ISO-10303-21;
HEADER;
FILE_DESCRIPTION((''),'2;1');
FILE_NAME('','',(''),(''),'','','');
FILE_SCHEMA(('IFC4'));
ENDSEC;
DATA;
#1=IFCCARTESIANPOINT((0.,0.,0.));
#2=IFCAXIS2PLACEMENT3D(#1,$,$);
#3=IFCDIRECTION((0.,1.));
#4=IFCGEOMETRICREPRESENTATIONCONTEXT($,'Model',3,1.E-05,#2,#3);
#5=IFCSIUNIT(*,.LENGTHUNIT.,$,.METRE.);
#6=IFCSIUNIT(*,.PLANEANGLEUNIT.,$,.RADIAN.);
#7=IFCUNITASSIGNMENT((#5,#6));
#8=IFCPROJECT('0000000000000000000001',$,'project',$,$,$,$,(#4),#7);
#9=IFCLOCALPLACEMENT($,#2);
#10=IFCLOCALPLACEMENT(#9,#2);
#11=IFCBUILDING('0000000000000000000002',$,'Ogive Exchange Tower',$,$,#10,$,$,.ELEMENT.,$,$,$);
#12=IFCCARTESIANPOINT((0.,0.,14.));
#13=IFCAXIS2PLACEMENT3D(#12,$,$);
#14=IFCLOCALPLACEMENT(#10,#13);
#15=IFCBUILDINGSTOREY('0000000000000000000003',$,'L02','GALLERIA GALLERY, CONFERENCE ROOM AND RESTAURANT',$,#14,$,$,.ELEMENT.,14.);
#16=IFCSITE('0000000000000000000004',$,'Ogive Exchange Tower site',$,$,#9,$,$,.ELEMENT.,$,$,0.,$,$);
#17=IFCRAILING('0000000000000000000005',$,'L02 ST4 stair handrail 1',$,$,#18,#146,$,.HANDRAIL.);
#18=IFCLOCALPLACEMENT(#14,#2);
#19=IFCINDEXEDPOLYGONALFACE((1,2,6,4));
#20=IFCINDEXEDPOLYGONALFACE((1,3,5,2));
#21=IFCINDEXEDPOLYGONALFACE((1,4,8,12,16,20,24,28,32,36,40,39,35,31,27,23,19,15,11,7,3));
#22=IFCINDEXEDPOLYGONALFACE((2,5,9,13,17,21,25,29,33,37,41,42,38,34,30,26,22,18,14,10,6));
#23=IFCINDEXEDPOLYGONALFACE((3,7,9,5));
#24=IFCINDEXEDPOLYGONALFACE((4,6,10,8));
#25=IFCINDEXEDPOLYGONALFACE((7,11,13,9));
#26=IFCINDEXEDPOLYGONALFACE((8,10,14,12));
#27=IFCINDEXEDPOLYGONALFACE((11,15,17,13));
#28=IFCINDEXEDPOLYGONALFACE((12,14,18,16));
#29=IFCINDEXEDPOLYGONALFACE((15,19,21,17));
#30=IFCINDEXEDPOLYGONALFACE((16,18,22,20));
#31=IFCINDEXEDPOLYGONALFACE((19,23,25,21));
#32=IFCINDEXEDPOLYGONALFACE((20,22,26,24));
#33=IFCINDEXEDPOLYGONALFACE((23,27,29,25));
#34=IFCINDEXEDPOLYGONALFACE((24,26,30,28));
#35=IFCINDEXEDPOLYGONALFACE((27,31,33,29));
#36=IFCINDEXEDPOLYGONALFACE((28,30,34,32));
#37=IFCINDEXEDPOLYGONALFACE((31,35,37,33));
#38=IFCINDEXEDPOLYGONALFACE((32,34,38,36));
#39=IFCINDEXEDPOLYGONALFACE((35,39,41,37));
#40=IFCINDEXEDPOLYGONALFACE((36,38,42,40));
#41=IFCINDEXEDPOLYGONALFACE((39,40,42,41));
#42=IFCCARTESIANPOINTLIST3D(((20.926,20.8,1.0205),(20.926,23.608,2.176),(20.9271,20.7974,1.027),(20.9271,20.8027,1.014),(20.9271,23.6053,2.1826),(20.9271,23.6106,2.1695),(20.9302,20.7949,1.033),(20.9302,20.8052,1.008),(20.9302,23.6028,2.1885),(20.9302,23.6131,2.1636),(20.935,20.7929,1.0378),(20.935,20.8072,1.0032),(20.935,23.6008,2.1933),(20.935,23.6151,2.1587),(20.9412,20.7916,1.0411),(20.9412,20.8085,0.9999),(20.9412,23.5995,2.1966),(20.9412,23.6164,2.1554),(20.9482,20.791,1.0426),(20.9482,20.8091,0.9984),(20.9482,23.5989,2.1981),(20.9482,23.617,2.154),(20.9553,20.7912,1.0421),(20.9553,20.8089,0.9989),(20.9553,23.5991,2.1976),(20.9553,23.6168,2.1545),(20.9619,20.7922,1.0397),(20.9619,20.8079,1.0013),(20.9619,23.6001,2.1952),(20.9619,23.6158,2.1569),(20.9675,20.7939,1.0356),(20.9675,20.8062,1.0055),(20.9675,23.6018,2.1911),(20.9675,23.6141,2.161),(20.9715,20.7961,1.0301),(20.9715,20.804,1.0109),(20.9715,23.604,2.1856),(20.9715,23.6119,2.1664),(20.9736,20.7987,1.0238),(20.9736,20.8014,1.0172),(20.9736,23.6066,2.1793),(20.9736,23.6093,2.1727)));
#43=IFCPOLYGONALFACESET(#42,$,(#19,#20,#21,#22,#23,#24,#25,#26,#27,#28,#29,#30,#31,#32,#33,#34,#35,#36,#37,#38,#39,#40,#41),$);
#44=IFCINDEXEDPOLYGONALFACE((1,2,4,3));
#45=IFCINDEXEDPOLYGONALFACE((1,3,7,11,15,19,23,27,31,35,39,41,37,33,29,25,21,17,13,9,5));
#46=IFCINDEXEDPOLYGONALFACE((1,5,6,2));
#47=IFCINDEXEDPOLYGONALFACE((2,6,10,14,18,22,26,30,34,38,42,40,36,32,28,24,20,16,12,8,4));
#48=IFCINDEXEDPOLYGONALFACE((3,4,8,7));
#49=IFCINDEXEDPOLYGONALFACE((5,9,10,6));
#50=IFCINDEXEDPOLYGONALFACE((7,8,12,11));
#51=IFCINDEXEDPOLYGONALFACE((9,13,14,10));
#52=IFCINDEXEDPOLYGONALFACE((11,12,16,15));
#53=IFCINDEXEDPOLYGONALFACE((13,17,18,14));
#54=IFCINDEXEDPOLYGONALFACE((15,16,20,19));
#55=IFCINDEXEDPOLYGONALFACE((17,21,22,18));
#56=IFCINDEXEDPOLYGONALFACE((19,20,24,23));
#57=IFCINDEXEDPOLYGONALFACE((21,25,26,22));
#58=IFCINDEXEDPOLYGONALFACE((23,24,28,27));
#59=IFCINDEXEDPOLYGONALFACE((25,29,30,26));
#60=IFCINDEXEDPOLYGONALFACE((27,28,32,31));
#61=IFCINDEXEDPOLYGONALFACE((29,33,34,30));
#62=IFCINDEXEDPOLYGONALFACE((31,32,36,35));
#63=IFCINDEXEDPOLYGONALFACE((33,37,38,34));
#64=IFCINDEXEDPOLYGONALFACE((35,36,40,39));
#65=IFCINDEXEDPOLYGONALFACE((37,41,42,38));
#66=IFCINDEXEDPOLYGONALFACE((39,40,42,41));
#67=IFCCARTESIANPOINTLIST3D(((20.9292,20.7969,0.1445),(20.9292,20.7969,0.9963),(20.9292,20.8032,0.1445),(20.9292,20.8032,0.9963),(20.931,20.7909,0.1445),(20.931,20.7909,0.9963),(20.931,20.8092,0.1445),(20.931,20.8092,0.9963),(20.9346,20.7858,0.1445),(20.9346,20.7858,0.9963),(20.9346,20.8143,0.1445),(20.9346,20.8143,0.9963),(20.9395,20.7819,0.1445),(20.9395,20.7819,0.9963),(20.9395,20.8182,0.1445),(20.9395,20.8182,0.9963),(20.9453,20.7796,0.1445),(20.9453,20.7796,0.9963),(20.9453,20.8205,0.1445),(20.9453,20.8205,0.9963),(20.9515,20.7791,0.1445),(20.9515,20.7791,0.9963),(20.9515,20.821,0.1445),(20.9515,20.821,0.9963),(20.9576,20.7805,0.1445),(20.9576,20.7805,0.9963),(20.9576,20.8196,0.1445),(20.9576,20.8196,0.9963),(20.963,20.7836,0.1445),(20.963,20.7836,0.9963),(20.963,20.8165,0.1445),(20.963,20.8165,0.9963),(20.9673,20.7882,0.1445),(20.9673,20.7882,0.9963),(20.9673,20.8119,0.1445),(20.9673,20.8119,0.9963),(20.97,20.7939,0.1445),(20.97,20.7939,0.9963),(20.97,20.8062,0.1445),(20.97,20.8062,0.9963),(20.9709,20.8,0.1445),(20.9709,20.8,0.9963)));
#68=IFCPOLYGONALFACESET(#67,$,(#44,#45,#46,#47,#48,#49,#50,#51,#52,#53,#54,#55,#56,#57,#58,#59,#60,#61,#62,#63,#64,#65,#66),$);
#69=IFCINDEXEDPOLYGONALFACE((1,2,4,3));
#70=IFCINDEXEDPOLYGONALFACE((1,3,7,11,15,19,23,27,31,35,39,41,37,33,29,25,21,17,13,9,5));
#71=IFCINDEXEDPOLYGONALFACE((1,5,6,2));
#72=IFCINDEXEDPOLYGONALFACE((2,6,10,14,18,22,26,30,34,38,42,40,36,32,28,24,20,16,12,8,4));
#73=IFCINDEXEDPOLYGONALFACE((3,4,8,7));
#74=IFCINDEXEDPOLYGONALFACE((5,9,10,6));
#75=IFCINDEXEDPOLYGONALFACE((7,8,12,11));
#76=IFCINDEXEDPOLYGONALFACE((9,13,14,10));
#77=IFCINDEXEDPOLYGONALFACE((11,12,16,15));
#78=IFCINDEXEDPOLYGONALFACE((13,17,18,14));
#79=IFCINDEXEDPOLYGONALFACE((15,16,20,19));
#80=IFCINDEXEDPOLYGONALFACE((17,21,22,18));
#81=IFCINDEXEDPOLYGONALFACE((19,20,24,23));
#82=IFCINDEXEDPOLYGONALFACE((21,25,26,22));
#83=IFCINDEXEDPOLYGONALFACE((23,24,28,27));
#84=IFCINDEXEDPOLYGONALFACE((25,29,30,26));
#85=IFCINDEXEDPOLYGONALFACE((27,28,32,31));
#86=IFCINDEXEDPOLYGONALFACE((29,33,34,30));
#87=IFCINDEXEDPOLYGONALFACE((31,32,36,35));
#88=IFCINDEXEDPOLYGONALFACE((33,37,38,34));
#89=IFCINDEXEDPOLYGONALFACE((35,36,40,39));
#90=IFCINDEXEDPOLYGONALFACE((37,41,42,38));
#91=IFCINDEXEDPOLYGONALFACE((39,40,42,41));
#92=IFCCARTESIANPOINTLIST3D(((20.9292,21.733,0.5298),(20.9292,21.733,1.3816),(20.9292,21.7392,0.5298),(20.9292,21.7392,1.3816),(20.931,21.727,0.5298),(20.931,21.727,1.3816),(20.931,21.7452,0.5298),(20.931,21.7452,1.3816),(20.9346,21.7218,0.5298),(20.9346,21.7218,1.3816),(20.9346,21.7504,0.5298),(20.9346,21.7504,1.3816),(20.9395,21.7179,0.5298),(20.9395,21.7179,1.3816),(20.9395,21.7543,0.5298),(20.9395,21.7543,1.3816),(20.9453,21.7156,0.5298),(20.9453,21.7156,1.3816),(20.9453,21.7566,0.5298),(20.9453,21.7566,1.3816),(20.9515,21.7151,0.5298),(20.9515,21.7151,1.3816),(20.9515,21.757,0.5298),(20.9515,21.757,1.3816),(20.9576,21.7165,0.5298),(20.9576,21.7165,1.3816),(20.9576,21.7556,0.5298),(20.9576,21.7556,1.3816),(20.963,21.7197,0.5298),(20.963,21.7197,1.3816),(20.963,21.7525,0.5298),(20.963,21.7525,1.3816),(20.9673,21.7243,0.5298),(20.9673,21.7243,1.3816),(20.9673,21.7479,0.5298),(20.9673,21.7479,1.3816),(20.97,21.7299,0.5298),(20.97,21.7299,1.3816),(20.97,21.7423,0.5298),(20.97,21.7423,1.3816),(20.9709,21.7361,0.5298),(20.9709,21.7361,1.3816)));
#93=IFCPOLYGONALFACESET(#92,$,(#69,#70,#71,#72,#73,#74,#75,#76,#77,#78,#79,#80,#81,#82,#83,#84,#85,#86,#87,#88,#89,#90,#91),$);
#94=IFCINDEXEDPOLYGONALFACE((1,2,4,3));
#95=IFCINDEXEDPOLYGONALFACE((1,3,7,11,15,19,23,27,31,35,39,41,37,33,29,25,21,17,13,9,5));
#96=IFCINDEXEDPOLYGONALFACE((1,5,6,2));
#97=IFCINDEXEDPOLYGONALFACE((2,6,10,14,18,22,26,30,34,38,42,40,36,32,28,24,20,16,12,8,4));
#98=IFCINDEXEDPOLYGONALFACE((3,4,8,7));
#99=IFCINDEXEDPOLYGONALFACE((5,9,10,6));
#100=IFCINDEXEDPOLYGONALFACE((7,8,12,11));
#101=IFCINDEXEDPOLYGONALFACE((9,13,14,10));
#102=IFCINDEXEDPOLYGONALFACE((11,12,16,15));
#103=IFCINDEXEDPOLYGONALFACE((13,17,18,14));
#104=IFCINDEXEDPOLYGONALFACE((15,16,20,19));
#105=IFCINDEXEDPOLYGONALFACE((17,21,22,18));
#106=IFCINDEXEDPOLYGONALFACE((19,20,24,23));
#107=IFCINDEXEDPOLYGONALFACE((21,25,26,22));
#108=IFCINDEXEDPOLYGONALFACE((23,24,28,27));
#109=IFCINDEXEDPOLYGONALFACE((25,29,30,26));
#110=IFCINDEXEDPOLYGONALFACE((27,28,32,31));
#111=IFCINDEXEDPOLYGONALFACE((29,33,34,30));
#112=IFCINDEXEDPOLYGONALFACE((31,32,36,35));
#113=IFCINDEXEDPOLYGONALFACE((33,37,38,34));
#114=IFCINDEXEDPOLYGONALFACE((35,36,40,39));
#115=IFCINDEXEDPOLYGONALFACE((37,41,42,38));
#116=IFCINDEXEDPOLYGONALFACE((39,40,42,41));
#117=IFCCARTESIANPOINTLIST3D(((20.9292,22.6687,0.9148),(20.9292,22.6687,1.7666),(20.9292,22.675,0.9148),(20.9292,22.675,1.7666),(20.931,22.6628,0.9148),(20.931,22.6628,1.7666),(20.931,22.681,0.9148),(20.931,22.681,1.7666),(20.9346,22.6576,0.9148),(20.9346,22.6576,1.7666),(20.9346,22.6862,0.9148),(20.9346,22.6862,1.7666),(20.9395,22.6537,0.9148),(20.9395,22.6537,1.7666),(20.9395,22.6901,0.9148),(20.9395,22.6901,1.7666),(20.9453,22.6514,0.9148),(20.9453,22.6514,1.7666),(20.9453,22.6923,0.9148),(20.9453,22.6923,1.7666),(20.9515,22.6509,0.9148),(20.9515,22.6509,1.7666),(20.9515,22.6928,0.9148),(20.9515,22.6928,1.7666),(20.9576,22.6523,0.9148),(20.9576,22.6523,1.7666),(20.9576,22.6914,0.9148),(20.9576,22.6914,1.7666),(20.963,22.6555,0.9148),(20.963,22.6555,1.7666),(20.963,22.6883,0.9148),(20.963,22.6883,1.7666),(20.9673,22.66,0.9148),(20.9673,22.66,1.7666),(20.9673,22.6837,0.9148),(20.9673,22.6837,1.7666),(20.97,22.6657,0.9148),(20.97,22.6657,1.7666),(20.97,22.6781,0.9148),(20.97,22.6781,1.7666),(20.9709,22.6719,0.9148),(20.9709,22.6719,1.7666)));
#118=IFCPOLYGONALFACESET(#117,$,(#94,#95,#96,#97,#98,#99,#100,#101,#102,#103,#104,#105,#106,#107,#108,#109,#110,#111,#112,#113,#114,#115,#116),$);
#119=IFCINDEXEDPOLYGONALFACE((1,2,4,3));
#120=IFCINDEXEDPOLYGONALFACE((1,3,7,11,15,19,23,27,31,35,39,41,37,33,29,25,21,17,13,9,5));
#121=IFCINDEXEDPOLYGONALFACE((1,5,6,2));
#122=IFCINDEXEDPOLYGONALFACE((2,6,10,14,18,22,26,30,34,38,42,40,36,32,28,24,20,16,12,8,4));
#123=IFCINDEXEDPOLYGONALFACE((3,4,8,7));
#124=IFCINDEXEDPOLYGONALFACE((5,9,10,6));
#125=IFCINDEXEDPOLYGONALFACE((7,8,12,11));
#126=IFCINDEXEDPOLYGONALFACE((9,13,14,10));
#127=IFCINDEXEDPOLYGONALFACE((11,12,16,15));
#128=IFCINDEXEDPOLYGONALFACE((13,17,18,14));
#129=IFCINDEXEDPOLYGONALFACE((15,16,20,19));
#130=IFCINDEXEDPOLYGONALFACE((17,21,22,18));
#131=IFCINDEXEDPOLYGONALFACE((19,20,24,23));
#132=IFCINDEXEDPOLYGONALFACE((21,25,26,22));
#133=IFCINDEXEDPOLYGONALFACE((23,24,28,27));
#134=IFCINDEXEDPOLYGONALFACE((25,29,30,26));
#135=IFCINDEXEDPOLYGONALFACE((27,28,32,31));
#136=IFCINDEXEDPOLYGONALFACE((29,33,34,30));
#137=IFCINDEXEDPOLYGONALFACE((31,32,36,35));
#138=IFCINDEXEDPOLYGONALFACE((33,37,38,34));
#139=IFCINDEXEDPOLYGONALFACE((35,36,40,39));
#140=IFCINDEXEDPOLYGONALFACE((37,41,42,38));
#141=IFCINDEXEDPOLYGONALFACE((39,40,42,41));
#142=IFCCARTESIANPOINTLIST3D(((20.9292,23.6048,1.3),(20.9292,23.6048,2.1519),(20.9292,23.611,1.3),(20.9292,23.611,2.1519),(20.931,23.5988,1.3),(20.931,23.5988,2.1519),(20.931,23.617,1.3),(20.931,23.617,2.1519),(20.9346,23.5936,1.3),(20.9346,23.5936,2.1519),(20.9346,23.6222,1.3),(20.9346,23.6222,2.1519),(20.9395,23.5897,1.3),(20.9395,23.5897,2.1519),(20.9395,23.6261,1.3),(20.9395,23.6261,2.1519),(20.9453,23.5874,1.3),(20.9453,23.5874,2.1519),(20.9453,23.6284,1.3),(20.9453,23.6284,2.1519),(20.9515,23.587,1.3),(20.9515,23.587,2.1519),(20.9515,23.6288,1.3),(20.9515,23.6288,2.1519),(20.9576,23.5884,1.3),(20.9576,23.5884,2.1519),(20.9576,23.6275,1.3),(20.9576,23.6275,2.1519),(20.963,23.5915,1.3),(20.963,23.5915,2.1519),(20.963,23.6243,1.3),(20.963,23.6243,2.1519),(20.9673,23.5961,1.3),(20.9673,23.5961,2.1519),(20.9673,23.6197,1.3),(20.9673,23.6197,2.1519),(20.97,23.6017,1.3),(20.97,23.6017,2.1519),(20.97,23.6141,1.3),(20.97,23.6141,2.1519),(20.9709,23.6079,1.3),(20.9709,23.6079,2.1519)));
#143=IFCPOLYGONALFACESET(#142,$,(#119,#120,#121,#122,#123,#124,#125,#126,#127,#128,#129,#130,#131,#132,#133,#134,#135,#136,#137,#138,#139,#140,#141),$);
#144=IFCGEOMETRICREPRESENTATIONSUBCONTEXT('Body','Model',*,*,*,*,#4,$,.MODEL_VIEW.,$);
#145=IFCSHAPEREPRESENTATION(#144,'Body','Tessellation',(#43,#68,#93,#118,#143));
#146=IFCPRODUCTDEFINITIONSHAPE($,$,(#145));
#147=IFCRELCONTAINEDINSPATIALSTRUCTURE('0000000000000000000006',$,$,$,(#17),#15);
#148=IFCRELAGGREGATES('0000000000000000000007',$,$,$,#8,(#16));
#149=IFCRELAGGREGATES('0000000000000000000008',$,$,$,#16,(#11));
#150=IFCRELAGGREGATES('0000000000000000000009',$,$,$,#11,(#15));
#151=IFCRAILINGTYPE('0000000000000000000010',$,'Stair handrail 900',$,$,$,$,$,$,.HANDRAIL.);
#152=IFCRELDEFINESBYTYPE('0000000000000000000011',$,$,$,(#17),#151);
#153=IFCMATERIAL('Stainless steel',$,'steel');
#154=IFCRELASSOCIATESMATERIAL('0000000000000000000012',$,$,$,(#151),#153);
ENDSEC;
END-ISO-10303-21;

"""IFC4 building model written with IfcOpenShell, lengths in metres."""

from ifc_helpers import new_model, si_unit, direction, frame, origin, origin_2d, place, context, subcontext, project, spatial, circle, extrude, material, type_object, element, save


model = new_model("IFC4")

# Units and contexts
model_context = context("Model", 3, precision=1e-05, world=origin(), true_north=direction((0.0, 1.0)))
body_context = subcontext(model_context, "Body", "Model", "MODEL_VIEW")
ifc_project = project(units=[si_unit("LENGTHUNIT", "METRE"), si_unit("PLANEANGLEUNIT", "RADIAN")], contexts=[model_context])

# Site, building, storey
site_placement = place(None, origin())
site = spatial("IfcSite", under=ifc_project, at=site_placement, Name="Ogive Exchange Tower site", CompositionType="ELEMENT", RefElevation=0.0)
building_placement = place(site_placement, origin())
building = spatial("IfcBuilding", under=site, at=building_placement, Name="Ogive Exchange Tower", CompositionType="ELEMENT")
storey_placement = place(building_placement, frame((0.0, 0.0, 14.0)))
storey = spatial("IfcBuildingStorey", under=building, at=storey_placement, Name="L02", Description="GALLERIA GALLERY, CONFERENCE ROOM AND RESTAURANT", CompositionType="ELEMENT", Elevation=14.0)

# Shared definitions
ifc_material_1 = material(Name="Stainless steel", Category="steel")

# Railing
railing_type = type_object("IfcRailingType", Name="Stair handrail 900", PredefinedType="HANDRAIL", material=ifc_material_1)
railing_1_placement = place(storey_placement, frame((20.95, 20.8, 0.1445)))
element("IfcRailing", 1, at=railing_1_placement, inside=storey, type_object=railing_type, Name="L02 ST4 stair handrail 1", PredefinedType="HANDRAIL", context=body_context, shape_type="SweptSolid", body=[
    extrude(circle(Radius=0.0239, at=origin_2d()), frame((0.0, 0.0, 0.876), z_axis=(0.0, 0.924755, 0.380564), x_axis=(-1.0, 0.0, 0.0)), (0.0, 0.0, 1.0), 3.0364),
    extrude(circle(Radius=0.021, at=origin_2d()), origin(), (0.0, 0.0, 1.0), 0.8518),
    extrude(circle(Radius=0.021, at=origin_2d()), frame((0.0, 0.936, 0.3853)), (0.0, 0.0, 1.0), 0.8518),
    extrude(circle(Radius=0.021, at=origin_2d()), frame((0.0, 1.8718, 0.7703)), (0.0, 0.0, 1.0), 0.8518),
    extrude(circle(Radius=0.021, at=origin_2d()), frame((0.0, 2.8079, 1.1555)), (0.0, 0.0, 1.0), 0.8518),
])

save(model, "model.ifc")
